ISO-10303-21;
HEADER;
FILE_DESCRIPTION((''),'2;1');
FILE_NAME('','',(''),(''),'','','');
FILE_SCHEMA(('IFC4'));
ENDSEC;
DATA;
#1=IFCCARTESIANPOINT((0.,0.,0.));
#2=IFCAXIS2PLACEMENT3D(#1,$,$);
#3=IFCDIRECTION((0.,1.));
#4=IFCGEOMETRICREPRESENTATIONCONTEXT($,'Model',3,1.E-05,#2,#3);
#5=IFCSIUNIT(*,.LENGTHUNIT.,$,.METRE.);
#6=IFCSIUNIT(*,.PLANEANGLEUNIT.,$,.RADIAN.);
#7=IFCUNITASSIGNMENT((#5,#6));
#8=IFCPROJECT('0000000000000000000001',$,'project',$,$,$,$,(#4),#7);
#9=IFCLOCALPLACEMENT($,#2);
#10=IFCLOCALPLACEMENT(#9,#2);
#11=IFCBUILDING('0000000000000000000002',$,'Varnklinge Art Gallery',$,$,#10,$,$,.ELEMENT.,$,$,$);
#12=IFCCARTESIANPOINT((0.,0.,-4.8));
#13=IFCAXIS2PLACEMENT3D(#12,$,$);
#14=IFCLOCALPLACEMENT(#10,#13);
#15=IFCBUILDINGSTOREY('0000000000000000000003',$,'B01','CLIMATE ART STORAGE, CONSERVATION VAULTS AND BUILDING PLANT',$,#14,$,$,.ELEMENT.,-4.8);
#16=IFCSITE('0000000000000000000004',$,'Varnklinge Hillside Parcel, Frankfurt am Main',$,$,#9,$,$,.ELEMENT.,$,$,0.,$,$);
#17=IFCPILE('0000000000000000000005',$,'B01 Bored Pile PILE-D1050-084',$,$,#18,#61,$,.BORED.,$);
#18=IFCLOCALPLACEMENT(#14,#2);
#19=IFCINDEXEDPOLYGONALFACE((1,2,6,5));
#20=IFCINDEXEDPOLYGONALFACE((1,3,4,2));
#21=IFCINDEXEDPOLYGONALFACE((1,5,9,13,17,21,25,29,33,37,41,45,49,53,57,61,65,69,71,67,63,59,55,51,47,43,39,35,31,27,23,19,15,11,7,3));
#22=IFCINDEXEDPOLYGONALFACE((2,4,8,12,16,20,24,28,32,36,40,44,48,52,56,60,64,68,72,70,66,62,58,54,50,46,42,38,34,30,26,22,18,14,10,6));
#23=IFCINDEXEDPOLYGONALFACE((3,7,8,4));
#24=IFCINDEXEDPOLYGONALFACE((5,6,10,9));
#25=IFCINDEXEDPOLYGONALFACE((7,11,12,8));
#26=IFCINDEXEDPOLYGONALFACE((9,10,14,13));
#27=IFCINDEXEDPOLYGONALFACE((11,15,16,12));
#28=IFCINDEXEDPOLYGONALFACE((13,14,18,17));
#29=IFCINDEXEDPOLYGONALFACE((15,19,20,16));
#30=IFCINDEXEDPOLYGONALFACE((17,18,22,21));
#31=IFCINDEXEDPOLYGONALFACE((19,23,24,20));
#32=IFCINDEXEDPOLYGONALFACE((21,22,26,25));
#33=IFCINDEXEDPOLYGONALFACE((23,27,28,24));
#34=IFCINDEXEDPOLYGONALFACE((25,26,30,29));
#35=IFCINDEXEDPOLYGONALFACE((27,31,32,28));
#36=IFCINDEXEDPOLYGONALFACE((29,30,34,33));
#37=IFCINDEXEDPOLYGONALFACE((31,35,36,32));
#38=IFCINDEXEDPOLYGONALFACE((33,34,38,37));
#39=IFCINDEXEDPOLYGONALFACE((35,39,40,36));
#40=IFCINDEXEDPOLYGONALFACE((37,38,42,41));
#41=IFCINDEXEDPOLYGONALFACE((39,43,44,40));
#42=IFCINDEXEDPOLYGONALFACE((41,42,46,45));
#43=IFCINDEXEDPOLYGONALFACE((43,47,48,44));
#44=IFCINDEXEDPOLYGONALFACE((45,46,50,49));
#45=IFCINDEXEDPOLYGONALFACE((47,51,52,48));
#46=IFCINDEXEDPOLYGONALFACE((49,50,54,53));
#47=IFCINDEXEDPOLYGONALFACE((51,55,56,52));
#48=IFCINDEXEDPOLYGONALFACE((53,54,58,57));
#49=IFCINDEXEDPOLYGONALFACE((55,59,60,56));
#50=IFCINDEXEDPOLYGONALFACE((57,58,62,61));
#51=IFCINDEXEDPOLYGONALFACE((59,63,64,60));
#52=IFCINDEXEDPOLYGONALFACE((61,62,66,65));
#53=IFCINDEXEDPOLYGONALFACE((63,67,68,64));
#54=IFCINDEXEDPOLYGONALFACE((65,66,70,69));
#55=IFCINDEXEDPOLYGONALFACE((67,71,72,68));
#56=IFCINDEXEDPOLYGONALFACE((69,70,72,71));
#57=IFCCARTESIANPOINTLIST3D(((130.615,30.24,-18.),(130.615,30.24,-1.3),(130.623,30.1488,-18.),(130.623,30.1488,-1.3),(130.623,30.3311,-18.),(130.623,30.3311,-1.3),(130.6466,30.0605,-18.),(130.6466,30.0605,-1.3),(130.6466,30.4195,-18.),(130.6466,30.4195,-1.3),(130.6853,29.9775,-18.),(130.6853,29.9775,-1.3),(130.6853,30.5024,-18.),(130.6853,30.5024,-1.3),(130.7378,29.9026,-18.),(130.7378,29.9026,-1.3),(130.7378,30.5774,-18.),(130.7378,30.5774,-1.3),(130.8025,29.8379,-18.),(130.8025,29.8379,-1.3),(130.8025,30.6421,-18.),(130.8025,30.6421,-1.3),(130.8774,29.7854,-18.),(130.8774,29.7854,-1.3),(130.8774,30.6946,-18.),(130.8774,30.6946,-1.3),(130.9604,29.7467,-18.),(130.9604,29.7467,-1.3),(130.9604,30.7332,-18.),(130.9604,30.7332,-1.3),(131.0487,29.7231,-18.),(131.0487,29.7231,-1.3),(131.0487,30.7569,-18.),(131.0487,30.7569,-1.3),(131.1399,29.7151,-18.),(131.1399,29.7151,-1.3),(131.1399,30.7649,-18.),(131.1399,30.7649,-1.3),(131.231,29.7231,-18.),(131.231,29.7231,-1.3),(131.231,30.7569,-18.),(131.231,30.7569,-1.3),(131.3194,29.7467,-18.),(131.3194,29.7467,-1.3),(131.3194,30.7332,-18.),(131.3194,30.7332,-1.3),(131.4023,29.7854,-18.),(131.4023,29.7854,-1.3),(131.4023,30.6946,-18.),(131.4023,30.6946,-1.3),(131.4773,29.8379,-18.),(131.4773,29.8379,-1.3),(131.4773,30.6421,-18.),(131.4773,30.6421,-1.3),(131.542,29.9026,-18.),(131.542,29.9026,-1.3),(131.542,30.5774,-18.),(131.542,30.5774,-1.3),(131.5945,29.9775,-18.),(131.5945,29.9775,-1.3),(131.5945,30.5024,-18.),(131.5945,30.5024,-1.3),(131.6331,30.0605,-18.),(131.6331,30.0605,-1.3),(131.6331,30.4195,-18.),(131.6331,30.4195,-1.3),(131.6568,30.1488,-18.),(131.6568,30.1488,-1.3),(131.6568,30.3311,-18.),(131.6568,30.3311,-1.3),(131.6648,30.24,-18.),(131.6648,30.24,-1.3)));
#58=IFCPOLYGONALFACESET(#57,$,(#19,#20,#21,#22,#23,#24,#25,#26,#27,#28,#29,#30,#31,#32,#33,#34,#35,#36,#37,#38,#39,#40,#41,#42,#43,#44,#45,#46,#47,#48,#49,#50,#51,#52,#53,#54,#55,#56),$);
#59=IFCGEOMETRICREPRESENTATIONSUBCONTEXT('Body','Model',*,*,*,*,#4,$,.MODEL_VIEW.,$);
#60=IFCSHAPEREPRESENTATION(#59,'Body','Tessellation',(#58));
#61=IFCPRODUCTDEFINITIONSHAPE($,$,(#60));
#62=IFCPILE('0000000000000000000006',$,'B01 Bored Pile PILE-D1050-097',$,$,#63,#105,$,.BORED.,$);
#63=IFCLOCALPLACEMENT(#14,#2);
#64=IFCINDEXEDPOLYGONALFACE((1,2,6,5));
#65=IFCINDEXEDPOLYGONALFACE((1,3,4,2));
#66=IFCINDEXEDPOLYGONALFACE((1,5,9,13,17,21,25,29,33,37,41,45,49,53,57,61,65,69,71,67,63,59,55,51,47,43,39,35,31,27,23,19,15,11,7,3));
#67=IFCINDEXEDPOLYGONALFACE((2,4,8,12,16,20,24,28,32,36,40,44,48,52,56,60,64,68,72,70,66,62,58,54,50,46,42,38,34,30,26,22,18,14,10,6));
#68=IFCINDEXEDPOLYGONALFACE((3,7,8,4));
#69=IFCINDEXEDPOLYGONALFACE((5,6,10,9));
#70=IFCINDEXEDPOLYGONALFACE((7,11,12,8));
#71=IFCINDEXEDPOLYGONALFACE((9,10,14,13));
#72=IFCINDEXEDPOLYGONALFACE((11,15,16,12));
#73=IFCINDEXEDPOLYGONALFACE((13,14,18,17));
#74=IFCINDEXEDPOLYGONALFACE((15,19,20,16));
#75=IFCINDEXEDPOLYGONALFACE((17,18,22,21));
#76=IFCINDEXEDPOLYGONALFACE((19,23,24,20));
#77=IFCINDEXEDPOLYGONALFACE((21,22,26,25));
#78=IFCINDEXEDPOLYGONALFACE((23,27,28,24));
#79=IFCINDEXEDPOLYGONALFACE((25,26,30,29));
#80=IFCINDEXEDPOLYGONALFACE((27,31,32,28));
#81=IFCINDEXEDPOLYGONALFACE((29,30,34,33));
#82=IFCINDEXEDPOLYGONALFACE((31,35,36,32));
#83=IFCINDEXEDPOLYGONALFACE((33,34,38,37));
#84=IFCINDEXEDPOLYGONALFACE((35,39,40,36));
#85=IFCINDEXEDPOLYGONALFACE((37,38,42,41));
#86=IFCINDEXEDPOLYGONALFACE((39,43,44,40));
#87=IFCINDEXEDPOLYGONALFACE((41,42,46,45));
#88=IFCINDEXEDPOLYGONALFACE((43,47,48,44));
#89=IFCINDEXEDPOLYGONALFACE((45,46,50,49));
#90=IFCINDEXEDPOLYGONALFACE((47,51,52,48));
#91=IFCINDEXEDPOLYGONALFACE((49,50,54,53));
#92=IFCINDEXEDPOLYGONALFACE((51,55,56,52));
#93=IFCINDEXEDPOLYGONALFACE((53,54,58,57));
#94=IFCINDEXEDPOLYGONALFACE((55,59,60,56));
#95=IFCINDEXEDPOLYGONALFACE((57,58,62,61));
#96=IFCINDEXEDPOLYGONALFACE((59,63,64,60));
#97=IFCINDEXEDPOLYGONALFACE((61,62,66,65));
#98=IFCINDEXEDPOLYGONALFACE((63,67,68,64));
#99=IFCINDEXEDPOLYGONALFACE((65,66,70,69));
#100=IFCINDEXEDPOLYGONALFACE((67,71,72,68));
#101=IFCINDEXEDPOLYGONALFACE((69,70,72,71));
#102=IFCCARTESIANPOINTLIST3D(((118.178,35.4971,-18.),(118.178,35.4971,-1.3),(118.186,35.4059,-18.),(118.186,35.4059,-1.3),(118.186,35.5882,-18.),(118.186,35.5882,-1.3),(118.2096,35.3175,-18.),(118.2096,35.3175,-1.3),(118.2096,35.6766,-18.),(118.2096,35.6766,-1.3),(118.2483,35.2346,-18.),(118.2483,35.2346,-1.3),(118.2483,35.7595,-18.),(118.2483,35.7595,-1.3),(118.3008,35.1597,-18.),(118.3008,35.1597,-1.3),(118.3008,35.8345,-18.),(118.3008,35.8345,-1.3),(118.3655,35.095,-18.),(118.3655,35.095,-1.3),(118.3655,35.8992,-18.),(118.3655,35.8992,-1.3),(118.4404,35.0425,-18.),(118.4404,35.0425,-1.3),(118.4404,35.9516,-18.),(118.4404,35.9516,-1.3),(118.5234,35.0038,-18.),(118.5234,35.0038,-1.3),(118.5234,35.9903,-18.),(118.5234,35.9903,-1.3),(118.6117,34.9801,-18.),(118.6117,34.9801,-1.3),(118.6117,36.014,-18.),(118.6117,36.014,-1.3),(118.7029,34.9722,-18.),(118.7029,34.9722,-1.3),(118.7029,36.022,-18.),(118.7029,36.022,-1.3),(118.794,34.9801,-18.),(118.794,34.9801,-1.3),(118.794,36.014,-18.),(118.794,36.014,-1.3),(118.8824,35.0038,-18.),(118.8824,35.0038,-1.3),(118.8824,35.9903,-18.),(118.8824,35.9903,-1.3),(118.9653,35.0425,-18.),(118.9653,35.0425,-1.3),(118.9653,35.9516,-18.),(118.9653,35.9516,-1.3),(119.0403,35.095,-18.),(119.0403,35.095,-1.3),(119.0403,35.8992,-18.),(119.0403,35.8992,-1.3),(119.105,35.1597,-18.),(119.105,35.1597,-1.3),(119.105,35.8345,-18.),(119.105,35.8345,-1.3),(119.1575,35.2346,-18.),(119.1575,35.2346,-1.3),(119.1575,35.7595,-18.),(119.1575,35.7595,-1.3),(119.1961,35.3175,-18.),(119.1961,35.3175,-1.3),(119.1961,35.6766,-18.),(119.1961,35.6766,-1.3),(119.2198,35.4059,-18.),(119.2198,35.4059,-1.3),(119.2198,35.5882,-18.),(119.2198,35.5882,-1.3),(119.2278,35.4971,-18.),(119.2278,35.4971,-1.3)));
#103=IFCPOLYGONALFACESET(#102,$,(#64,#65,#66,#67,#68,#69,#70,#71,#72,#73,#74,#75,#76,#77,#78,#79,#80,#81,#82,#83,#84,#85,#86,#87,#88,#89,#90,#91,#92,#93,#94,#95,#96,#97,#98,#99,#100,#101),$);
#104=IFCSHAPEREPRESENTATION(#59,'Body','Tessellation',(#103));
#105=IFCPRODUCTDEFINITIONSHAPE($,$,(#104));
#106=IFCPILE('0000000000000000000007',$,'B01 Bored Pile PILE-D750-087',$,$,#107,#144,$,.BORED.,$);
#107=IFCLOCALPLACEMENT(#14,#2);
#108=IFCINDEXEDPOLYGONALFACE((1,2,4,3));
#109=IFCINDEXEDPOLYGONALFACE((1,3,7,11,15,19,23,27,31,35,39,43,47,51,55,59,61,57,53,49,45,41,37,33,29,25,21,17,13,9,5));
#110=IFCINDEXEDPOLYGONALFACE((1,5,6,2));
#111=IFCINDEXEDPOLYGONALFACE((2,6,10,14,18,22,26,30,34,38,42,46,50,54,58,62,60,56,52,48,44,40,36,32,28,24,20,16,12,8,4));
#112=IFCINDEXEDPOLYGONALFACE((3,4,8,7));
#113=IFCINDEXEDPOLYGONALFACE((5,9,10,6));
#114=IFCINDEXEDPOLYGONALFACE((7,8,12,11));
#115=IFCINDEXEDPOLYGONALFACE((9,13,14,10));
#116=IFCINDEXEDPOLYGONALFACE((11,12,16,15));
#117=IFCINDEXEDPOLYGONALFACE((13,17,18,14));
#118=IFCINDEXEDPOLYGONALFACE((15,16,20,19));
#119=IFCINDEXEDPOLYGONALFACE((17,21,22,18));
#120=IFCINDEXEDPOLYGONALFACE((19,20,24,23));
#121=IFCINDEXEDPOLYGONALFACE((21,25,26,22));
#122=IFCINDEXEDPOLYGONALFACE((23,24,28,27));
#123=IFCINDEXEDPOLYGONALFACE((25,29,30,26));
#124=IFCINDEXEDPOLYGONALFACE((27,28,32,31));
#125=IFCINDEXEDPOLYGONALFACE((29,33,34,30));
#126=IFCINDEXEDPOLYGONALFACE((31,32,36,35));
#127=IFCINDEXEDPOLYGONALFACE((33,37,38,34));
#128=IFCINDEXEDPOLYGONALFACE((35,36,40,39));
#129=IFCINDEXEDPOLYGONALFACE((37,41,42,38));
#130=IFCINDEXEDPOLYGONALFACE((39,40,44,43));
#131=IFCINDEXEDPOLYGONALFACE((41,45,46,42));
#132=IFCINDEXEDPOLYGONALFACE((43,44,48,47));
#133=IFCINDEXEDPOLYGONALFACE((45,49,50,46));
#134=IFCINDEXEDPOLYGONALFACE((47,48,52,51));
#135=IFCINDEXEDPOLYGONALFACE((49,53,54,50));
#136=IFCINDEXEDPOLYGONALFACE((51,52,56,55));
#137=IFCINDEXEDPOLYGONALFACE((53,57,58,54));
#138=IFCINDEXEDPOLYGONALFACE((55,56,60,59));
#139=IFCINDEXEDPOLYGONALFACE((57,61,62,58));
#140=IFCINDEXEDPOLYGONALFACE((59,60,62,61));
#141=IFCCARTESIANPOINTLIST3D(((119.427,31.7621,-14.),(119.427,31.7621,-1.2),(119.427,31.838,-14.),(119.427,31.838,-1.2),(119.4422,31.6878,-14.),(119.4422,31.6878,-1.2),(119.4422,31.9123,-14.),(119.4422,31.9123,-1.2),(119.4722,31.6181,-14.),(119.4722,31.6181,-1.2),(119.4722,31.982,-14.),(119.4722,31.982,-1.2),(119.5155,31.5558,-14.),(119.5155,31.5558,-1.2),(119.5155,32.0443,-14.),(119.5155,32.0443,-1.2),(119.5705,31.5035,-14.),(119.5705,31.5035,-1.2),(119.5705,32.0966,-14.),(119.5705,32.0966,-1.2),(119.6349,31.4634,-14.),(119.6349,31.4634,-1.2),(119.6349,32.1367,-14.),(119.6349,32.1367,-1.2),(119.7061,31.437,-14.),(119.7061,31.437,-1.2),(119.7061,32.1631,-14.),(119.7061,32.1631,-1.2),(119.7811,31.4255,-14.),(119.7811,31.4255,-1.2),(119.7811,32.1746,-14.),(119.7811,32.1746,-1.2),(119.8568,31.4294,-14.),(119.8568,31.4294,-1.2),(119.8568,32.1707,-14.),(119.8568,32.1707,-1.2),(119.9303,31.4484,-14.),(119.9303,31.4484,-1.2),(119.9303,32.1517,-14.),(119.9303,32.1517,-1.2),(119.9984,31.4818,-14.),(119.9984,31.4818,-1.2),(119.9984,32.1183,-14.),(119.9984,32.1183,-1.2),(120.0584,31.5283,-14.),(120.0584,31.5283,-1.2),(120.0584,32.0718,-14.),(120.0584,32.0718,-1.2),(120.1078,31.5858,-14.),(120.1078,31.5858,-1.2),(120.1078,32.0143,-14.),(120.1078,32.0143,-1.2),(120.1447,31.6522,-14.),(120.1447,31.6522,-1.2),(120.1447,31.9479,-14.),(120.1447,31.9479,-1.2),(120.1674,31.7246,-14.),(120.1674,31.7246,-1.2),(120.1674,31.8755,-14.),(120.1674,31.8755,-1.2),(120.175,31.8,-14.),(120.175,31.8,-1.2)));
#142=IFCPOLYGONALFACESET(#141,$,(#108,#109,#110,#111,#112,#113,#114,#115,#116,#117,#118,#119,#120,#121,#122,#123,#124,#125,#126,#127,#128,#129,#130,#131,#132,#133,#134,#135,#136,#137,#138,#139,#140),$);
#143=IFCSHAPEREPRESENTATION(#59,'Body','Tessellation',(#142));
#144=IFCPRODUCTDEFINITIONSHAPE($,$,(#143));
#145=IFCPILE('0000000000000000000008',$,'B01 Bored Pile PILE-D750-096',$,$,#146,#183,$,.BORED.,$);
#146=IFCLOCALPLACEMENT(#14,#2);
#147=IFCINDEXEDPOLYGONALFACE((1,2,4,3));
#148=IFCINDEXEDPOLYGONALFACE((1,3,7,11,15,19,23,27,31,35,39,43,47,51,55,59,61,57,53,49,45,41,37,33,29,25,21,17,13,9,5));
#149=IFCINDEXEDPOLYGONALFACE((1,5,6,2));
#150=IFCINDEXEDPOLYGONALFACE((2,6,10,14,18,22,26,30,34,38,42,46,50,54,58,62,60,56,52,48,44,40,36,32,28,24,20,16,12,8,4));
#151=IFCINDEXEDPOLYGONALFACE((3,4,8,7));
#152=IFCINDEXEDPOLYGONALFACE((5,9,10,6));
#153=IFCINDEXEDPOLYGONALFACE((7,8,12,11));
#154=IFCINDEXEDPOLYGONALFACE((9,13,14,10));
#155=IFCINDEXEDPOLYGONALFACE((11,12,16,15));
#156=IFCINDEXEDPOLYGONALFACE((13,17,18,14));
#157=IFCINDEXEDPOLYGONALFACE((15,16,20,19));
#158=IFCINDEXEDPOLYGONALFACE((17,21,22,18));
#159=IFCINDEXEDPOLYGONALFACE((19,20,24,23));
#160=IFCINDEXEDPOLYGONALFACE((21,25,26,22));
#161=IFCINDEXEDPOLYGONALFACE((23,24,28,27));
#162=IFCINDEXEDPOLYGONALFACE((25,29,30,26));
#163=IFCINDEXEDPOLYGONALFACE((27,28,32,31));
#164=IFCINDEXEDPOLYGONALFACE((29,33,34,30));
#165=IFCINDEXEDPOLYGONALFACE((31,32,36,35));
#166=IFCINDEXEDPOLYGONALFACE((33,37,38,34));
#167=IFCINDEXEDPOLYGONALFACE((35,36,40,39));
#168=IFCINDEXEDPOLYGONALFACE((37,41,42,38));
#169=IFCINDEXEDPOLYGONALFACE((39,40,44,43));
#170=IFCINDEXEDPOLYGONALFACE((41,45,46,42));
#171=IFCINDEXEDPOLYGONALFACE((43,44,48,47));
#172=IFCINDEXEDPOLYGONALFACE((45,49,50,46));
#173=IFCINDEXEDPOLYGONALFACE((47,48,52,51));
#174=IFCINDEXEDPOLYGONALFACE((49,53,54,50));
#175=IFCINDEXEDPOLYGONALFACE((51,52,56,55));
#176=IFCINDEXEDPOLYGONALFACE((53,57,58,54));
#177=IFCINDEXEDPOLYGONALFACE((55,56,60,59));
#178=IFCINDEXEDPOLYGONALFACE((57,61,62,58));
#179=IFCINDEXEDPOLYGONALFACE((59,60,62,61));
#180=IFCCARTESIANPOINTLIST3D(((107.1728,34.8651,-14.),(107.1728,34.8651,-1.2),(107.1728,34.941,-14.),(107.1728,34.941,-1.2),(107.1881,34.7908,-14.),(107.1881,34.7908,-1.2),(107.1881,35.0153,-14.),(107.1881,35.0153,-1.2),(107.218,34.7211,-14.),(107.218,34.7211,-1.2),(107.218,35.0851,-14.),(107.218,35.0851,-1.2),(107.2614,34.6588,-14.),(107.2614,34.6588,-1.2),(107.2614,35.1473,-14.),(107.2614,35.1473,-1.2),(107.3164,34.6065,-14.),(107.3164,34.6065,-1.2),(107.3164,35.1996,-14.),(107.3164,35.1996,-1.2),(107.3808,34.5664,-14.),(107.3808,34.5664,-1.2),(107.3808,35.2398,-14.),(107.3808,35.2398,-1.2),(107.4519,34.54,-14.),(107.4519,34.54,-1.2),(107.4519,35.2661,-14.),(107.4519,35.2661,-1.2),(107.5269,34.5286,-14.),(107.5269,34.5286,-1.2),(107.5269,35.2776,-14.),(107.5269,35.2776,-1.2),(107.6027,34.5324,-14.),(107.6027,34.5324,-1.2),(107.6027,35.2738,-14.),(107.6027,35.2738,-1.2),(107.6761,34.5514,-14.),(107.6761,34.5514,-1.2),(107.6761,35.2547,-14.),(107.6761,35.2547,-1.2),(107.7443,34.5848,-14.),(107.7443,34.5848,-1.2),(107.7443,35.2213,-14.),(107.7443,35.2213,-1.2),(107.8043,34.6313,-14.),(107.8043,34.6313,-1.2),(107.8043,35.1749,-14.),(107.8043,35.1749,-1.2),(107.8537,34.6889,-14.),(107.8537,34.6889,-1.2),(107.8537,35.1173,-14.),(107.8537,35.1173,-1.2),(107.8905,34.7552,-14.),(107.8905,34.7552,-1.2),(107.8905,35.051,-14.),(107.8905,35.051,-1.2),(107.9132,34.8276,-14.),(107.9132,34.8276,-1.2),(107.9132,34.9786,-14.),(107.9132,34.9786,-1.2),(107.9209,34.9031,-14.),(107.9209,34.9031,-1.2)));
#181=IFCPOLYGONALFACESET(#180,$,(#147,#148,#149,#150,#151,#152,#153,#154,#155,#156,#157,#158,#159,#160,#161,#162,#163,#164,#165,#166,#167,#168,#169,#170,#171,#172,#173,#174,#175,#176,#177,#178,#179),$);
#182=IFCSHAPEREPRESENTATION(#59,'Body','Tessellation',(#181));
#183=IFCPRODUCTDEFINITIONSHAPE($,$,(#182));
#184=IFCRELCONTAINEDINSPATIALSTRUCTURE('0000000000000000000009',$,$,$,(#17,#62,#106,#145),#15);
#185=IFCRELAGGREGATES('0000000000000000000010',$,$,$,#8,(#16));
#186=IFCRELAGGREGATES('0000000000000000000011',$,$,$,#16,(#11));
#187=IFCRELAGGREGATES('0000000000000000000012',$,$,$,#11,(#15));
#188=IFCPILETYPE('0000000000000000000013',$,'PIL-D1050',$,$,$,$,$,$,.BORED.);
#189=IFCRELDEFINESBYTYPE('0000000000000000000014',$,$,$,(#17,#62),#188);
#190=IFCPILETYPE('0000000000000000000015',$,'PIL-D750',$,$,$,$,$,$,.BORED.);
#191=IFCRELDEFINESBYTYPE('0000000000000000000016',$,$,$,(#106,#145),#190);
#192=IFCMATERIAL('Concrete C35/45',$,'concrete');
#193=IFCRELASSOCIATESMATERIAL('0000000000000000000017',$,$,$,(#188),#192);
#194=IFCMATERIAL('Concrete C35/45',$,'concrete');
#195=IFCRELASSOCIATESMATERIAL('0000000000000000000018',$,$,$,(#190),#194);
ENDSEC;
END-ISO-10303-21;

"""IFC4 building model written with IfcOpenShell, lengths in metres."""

from ifc_helpers import new_model, si_unit, direction, frame, origin, origin_2d, place, context, subcontext, project, spatial, circle, extrude, material, material_profile, profile_set, type_object, element, save


model = new_model("IFC4")

# Units and contexts
model_context = context("Model", 3, precision=1e-05, world=origin(), true_north=direction((0.0, 1.0)))
body_context = subcontext(model_context, "Body", "Model", "MODEL_VIEW")
ifc_project = project(units=[si_unit("LENGTHUNIT", "METRE"), si_unit("PLANEANGLEUNIT", "RADIAN")], contexts=[model_context])

# Site, building, storey
site_placement = place(None, origin())
site = spatial("IfcSite", under=ifc_project, at=site_placement, Name="Varnklinge Hillside Parcel, Frankfurt am Main", CompositionType="ELEMENT", RefElevation=0.0)
building_placement = place(site_placement, origin())
building = spatial("IfcBuilding", under=site, at=building_placement, Name="Varnklinge Art Gallery", CompositionType="ELEMENT")
storey_placement = place(building_placement, frame((0.0, 0.0, -4.8)))
storey = spatial("IfcBuildingStorey", under=building, at=storey_placement, Name="B01", Description="CLIMATE ART STORAGE, CONSERVATION VAULTS AND BUILDING PLANT", CompositionType="ELEMENT", Elevation=-4.8)

# Piles
ifc_material_1 = material(Name="Concrete C35/45", Category="concrete")
ifc_material_profile_1 = material_profile(ifc_material_1, circle(Radius=0.5249, at=origin_2d()), Name="PILE D1050")
ifc_profile_set_1 = profile_set([ifc_material_profile_1], Name="Concrete C35/45")
pile_type_1 = type_object("IfcPileType", Name="PIL-D1050", PredefinedType="BORED", material=ifc_profile_set_1)
for number, where, z_axis, x_axis, name in (
    (1, (131.1399, 30.24, -1.3), (0.0, 0.0, -1.0), (1.0, 0.0, 0.0), "B01 Bored Pile PILE-D1050-084"),
    (2, (118.7029, 35.4971, -1.3), (0.0, 0.0, -1.0), (1.0, 0.0, 0.0), "B01 Bored Pile PILE-D1050-097"),
):
    element("IfcPile", number, at=place(storey_placement, frame(where, z_axis=z_axis, x_axis=x_axis)), inside=storey, type_object=pile_type_1, Name=name, PredefinedType="BORED", context=body_context, shape_type="SweptSolid", body=[
        extrude(circle(Radius=0.5249, at=origin_2d()), origin(), (0.0, 0.0, 1.0), 16.7),
    ])
ifc_material_2 = material(Name="Concrete C35/45", Category="concrete")
ifc_material_profile_2 = material_profile(ifc_material_2, circle(Radius=0.375, at=origin_2d()), Name="PILE D750")
ifc_profile_set_2 = profile_set([ifc_material_profile_2], Name="Concrete C35/45")
pile_type_2 = type_object("IfcPileType", Name="PIL-D750", PredefinedType="BORED", material=ifc_profile_set_2)
for number, where, z_axis, x_axis, name in (
    (3, (119.8, 31.8, -1.2), (0.0, 0.0, -1.0), (1.0, 0.0, 0.0), "B01 Bored Pile PILE-D750-087"),
    (4, (107.5459, 34.9031, -1.2), (0.0, 0.0, -1.0), (1.0, 0.0, 0.0), "B01 Bored Pile PILE-D750-096"),
):
    element("IfcPile", number, at=place(storey_placement, frame(where, z_axis=z_axis, x_axis=x_axis)), inside=storey, type_object=pile_type_2, Name=name, PredefinedType="BORED", context=body_context, shape_type="SweptSolid", body=[
        extrude(circle(Radius=0.375, at=origin_2d()), origin(), (0.0, 0.0, 1.0), 12.8),
    ])

save(model, "model.ifc")
